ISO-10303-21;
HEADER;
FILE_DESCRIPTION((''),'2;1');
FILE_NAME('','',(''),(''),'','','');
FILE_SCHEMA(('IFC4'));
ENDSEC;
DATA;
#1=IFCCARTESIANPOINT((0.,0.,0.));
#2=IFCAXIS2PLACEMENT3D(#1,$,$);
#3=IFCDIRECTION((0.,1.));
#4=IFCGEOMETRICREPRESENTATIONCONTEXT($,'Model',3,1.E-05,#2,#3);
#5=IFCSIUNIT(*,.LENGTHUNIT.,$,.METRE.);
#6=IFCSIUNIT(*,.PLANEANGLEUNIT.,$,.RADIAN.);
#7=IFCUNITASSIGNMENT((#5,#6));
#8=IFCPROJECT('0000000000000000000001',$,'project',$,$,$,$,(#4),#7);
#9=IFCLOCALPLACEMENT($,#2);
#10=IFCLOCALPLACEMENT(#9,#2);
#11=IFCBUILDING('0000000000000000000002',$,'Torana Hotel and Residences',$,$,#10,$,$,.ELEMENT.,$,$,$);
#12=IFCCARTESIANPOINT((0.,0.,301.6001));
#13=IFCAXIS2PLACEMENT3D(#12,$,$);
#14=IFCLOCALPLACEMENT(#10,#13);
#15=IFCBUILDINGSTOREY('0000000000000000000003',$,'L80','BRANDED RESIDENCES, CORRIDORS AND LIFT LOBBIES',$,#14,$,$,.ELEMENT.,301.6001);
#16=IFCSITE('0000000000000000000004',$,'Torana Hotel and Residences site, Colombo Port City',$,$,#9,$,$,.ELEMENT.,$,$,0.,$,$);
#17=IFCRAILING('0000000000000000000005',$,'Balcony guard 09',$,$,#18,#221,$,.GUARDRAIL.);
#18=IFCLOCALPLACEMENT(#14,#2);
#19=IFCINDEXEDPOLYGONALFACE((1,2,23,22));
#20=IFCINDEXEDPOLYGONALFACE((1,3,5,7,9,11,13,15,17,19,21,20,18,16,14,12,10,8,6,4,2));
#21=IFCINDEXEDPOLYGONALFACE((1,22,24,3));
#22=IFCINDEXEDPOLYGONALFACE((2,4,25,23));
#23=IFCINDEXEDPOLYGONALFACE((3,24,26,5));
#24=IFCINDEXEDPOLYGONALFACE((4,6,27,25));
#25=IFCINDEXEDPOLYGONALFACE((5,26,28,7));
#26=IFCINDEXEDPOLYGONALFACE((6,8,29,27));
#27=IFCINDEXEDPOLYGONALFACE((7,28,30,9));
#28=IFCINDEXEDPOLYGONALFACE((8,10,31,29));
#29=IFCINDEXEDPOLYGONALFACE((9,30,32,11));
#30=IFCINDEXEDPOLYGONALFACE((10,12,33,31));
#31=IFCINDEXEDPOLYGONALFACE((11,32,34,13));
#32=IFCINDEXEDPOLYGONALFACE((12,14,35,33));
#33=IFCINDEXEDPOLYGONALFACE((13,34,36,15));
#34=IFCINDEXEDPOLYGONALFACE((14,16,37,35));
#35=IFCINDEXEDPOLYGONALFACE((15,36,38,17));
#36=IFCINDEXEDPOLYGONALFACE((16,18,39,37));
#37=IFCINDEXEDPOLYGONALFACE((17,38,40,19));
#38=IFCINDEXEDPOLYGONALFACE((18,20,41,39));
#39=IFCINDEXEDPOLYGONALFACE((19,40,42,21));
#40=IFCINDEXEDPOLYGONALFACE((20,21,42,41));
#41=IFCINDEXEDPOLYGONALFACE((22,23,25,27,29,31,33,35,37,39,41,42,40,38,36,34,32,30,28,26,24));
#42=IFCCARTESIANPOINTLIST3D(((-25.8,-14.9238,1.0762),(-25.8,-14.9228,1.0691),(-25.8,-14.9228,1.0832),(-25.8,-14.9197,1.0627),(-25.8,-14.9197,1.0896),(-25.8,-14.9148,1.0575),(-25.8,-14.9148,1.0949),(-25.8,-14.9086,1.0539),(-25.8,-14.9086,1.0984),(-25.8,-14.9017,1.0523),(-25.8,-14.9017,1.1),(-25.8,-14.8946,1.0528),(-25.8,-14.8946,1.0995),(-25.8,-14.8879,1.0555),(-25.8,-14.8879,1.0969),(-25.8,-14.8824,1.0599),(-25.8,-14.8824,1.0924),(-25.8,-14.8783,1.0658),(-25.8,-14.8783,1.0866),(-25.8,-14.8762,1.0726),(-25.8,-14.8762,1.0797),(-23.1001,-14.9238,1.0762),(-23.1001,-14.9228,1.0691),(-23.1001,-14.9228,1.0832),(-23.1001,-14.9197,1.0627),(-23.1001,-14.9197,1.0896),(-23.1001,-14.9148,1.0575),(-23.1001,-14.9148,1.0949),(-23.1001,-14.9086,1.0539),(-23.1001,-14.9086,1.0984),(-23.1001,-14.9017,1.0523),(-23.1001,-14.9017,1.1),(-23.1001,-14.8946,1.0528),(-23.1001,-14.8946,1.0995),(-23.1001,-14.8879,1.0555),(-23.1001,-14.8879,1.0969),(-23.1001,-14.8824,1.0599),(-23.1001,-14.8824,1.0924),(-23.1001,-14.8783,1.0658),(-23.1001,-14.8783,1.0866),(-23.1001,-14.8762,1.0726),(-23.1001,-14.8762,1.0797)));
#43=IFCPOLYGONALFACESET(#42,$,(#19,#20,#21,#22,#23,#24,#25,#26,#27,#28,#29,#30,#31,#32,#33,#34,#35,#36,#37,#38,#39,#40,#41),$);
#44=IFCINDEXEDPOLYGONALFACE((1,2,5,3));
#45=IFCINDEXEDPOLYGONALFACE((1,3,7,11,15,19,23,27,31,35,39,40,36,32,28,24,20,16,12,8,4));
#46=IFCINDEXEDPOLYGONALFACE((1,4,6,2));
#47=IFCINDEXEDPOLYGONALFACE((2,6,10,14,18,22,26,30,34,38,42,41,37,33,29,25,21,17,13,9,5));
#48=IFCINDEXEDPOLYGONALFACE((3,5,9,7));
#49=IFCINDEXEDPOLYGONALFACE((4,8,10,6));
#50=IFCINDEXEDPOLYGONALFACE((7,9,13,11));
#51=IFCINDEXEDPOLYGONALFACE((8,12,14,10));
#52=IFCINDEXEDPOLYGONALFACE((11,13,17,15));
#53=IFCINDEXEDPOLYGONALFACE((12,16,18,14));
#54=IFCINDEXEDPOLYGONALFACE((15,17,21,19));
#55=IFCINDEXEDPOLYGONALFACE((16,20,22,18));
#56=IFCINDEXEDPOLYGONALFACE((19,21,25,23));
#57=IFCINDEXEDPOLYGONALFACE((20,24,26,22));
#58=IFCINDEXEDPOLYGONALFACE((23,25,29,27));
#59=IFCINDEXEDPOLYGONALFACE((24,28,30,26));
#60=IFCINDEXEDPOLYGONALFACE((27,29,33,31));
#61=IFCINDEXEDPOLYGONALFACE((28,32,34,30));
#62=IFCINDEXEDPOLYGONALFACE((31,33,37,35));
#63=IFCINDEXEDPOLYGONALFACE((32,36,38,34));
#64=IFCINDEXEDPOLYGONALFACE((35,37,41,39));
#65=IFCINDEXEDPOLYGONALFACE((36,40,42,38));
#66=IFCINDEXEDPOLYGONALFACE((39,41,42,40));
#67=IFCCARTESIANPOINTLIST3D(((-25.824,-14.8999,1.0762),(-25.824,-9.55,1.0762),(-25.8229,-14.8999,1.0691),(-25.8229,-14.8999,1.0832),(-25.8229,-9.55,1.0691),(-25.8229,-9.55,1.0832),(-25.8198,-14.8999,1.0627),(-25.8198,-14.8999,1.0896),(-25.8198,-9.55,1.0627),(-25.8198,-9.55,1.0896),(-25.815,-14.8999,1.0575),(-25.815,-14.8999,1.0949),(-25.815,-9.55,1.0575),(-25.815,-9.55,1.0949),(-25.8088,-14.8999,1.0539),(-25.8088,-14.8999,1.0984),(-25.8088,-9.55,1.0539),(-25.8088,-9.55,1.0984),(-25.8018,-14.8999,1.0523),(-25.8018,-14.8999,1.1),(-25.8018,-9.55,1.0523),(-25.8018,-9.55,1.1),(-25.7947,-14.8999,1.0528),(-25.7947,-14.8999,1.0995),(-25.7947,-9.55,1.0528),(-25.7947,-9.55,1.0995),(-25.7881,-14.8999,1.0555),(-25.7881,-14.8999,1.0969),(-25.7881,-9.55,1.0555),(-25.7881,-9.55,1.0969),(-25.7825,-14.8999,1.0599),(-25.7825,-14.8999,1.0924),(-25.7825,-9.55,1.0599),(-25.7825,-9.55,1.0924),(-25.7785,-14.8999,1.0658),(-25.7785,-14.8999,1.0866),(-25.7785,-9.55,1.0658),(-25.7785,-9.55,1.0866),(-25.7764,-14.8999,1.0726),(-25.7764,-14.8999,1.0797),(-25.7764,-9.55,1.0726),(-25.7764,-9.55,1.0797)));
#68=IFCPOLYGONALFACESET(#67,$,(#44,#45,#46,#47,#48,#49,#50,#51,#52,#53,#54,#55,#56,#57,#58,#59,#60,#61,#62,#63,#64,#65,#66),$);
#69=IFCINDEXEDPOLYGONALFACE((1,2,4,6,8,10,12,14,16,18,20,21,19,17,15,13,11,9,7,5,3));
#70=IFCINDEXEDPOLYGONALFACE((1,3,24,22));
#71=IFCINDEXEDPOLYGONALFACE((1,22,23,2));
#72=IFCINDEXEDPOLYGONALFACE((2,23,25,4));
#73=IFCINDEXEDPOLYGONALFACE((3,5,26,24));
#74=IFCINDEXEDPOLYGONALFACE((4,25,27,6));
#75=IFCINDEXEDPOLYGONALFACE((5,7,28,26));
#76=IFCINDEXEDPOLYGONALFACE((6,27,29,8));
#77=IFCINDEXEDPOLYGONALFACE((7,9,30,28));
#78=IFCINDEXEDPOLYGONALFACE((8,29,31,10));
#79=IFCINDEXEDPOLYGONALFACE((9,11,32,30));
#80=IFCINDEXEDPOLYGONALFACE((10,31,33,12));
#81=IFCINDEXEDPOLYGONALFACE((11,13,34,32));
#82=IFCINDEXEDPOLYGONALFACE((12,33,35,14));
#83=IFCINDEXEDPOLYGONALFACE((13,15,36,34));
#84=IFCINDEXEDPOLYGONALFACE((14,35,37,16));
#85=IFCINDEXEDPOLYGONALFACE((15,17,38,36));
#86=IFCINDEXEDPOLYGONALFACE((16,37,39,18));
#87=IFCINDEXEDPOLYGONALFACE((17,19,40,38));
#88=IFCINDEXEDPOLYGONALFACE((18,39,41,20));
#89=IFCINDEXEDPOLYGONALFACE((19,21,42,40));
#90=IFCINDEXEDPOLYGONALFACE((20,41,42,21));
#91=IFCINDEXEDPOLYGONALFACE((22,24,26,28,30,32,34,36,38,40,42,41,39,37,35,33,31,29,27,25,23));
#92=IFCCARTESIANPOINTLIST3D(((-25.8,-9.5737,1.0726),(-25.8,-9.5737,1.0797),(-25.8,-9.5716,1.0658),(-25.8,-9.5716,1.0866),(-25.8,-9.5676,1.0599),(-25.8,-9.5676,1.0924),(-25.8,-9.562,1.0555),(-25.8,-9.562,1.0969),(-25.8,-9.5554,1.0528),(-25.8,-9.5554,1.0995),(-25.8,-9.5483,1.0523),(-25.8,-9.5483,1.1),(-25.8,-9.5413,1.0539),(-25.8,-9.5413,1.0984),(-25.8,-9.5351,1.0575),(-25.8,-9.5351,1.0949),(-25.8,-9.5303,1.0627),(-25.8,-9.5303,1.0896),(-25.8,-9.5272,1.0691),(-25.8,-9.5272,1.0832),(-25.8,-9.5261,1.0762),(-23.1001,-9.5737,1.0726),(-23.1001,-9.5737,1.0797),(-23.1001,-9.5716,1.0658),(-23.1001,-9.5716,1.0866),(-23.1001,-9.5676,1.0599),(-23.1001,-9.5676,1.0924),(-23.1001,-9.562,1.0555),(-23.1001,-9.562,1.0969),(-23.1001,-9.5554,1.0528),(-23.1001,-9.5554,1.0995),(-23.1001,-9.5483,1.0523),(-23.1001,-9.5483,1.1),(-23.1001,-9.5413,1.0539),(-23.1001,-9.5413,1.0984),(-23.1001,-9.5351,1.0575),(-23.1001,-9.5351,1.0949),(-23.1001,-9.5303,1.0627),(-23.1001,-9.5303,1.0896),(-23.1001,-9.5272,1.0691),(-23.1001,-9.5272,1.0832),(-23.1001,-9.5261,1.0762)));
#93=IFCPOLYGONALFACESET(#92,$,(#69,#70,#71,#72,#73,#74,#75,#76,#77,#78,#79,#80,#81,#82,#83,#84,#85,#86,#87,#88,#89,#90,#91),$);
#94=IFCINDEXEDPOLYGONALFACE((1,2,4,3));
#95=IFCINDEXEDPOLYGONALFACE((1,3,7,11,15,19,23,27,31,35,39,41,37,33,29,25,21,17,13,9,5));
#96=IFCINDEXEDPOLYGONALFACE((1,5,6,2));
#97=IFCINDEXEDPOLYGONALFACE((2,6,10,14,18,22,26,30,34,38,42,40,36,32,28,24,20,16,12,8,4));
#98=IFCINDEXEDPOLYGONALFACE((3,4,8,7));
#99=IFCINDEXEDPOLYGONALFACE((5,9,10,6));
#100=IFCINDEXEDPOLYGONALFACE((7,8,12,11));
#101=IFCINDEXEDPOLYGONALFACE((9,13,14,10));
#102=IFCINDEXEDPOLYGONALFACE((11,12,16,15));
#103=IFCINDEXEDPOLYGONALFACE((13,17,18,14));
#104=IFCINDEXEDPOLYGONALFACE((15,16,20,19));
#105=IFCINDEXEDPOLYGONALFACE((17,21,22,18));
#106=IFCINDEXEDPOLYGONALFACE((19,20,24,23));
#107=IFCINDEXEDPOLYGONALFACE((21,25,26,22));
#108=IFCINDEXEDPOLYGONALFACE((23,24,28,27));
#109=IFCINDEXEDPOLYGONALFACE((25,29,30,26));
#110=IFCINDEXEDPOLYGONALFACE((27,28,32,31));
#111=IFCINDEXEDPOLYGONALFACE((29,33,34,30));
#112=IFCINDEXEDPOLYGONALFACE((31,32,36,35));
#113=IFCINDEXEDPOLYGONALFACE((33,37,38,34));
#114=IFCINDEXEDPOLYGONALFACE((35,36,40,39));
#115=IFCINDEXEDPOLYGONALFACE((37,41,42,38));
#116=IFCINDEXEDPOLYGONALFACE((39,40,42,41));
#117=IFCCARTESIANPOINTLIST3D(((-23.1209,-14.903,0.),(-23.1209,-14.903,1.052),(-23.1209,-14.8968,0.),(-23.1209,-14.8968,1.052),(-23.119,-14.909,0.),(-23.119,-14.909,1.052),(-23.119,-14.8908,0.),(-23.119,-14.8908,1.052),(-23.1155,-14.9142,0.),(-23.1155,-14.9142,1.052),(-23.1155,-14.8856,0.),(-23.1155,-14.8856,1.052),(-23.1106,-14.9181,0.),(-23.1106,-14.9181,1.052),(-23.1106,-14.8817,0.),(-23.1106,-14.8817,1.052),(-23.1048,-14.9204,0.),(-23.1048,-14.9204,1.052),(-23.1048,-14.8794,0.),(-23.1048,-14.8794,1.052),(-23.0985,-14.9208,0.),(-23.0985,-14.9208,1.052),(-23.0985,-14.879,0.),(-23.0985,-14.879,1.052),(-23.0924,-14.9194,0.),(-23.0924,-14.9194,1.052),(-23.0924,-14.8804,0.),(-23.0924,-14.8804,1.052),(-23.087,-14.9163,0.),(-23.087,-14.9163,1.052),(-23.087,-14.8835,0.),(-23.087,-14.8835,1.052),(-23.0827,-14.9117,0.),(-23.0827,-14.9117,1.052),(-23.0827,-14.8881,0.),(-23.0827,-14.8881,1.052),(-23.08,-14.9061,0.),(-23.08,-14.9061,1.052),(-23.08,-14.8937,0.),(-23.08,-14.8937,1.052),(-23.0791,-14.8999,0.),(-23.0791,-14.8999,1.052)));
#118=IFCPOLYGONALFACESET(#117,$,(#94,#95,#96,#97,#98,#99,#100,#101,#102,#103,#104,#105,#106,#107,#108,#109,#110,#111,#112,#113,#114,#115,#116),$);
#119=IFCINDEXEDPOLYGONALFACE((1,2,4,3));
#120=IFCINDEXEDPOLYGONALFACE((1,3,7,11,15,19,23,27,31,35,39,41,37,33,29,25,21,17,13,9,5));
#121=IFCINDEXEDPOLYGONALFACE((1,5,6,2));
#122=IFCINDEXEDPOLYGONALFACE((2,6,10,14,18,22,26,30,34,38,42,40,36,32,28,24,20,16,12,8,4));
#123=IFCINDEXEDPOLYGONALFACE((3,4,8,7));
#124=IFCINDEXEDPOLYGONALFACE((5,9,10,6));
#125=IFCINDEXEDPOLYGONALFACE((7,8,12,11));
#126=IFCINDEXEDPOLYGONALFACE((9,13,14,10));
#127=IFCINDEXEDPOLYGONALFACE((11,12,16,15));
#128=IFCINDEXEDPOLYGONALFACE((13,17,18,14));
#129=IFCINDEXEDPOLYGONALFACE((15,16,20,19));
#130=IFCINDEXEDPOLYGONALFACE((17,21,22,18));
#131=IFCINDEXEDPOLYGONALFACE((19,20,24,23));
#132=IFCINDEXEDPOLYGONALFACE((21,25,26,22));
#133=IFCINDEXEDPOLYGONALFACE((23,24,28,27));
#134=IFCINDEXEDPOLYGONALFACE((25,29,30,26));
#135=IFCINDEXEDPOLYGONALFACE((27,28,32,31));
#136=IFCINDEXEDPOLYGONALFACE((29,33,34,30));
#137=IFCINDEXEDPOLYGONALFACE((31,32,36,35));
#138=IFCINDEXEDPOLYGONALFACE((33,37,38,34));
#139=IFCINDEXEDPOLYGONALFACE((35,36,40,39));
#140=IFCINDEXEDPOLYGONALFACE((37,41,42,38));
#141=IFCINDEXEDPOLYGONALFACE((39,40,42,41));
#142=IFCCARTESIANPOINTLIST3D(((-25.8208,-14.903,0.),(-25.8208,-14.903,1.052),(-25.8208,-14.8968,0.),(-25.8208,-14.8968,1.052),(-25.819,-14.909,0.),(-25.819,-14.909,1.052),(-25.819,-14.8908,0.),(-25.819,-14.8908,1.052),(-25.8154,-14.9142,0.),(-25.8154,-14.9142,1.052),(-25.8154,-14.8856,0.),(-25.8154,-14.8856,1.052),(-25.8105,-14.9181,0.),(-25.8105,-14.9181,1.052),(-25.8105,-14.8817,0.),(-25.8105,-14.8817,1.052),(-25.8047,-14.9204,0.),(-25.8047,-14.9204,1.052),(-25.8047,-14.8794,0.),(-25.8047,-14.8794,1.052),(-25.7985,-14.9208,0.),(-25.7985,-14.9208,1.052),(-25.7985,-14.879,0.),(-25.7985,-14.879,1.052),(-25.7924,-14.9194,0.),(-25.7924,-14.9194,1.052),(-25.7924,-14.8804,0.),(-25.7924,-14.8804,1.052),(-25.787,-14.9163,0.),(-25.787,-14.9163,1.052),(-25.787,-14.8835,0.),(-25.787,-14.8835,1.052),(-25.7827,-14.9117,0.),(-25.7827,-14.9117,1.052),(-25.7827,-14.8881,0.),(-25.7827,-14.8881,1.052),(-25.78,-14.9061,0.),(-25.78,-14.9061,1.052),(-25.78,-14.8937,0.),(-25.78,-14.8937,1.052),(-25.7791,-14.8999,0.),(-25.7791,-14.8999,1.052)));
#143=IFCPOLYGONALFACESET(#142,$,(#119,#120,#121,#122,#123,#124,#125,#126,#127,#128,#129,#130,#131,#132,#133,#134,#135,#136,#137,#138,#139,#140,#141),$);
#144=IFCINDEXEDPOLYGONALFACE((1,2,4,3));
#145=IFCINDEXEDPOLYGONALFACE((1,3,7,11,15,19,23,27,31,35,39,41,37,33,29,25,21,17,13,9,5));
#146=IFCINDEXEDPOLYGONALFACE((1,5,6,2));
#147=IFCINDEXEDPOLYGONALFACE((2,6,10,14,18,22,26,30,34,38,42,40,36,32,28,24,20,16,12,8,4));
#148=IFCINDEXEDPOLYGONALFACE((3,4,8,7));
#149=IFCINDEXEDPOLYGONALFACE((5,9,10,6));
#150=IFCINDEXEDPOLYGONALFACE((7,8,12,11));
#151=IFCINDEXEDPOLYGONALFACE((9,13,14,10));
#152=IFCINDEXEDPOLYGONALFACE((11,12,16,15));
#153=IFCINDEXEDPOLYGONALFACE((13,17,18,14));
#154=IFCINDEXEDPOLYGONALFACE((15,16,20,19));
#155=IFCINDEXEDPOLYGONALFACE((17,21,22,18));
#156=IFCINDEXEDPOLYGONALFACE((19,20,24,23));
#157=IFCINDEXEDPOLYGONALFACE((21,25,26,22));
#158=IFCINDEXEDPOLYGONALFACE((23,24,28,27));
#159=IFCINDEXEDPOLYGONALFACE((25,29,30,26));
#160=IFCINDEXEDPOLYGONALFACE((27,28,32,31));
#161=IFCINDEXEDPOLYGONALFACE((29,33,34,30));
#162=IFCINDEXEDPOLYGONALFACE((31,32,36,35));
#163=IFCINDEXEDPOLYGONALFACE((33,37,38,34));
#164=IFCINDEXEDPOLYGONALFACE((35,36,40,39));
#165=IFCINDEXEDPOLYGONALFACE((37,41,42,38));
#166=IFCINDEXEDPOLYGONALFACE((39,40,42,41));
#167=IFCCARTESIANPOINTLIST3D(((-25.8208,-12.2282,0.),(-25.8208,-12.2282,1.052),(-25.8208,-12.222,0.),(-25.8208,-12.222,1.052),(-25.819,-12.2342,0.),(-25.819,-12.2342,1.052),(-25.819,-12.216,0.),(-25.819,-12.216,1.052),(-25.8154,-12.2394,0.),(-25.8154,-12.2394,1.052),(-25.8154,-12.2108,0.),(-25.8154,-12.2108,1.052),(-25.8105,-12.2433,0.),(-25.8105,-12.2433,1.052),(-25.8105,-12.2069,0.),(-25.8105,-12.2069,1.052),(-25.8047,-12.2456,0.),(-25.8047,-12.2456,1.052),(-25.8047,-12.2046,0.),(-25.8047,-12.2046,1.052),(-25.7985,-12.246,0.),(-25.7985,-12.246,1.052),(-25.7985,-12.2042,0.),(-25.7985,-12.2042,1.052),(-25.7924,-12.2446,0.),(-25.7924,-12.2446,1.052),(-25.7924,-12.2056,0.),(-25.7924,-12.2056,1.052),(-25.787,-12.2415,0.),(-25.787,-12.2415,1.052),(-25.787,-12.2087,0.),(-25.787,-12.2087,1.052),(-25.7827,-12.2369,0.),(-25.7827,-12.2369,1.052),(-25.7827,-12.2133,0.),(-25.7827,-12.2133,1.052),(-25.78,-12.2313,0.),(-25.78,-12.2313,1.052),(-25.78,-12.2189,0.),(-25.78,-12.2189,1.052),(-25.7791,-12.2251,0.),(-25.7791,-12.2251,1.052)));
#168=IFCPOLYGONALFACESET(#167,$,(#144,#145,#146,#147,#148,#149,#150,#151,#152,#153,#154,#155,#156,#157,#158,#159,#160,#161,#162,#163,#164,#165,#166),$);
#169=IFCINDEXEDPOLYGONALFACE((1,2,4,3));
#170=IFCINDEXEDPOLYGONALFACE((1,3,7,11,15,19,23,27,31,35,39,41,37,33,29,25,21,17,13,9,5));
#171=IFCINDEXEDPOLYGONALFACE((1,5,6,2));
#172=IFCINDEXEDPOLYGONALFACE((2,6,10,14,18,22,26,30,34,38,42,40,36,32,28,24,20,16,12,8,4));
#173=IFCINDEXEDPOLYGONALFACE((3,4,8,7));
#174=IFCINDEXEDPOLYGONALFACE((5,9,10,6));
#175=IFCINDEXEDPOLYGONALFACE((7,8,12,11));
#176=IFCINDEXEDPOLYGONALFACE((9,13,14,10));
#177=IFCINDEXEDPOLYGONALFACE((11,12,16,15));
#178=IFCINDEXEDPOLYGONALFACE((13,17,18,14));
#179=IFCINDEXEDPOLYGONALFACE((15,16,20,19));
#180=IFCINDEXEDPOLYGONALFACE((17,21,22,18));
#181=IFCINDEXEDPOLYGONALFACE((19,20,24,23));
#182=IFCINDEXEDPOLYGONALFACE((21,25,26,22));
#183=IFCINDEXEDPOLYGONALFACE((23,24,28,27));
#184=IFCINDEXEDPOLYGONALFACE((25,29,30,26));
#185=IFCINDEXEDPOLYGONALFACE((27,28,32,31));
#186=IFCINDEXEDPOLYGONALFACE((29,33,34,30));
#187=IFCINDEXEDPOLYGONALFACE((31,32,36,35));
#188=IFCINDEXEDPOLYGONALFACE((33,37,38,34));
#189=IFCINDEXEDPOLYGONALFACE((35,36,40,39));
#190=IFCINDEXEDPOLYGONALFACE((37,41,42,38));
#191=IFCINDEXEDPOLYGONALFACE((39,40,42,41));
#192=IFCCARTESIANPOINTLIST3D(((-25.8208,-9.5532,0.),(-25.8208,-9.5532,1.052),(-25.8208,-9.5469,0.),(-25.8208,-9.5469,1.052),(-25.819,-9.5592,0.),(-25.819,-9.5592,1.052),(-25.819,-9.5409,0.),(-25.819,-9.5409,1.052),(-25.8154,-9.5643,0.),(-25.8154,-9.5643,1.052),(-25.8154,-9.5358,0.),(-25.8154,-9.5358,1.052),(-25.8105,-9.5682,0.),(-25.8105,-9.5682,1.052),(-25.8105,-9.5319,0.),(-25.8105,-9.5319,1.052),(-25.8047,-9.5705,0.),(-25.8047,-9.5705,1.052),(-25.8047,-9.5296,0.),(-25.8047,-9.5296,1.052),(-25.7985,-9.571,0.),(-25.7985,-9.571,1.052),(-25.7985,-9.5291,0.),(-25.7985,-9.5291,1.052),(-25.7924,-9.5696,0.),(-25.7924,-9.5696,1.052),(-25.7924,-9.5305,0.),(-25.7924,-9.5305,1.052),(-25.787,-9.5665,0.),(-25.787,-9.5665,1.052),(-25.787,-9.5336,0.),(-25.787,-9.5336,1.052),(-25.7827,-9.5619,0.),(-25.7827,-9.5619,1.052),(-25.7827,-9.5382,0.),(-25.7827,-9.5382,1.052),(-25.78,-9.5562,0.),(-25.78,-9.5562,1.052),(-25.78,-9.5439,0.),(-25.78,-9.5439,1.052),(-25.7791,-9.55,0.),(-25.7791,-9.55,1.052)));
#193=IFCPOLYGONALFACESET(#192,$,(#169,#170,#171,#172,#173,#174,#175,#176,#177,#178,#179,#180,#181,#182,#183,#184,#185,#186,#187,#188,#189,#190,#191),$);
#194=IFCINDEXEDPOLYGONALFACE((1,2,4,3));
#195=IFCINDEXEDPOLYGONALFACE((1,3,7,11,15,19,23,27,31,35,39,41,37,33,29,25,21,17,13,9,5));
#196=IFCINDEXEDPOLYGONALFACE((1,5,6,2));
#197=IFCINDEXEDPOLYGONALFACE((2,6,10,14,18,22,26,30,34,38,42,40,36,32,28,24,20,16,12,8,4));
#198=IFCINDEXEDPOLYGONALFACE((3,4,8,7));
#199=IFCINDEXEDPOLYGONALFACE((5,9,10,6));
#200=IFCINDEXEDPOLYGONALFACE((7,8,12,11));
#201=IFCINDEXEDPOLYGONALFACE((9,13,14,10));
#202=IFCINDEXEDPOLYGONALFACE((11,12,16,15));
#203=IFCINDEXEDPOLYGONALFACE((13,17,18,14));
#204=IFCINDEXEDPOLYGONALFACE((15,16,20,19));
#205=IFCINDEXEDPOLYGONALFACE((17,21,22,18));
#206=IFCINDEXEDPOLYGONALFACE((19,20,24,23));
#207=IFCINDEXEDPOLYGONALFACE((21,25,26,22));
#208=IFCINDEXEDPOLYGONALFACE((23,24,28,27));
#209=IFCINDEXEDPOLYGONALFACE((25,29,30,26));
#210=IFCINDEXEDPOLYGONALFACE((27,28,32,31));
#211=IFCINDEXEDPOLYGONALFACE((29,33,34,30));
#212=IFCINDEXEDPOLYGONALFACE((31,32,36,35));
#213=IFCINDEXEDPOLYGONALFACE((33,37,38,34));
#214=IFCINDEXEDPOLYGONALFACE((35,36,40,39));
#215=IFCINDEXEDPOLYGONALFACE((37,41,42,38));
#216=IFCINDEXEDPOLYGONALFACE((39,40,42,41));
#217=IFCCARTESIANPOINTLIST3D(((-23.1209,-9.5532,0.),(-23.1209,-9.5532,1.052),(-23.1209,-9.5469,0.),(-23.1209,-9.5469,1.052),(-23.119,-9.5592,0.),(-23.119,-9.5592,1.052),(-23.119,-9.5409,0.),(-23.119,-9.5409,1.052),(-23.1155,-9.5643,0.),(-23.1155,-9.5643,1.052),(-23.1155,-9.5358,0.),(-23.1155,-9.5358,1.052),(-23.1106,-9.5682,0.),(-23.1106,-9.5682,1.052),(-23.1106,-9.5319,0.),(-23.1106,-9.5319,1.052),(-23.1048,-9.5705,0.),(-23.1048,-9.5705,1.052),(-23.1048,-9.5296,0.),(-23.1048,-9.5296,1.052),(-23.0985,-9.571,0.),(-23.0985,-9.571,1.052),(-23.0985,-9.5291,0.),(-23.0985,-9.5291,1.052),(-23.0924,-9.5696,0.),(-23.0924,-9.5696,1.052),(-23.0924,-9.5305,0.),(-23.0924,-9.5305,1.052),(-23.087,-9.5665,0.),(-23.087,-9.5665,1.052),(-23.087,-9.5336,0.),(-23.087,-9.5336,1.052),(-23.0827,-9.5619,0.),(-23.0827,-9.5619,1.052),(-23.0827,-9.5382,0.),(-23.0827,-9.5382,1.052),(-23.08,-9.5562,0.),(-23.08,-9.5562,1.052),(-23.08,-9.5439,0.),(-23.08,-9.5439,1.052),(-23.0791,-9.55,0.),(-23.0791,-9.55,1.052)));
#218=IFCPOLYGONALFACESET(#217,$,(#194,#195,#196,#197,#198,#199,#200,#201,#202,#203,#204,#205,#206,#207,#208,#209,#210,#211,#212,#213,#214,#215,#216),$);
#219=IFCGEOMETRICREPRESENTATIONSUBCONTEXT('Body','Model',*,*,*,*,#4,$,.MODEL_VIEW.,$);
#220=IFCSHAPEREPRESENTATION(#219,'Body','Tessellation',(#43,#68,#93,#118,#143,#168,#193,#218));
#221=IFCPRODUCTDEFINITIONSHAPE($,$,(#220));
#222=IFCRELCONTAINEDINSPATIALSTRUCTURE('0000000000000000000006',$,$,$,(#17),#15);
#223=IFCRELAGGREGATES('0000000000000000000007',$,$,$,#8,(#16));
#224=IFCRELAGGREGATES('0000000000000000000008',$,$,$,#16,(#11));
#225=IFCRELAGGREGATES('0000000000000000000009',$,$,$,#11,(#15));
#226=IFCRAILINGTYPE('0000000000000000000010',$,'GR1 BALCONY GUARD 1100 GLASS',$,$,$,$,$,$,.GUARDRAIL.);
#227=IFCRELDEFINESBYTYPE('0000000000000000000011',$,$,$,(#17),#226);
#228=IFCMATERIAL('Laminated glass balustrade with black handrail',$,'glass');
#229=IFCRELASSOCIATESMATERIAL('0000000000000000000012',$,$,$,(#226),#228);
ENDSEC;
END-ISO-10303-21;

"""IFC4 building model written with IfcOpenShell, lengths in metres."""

from ifc_helpers import new_model, si_unit, direction, frame, origin, origin_2d, place, context, subcontext, project, spatial, circle, extrude, material, type_object, element, save


model = new_model("IFC4")

# Units and contexts
model_context = context("Model", 3, precision=1e-05, world=origin(), true_north=direction((0.0, 1.0)))
body_context = subcontext(model_context, "Body", "Model", "MODEL_VIEW")
ifc_project = project(units=[si_unit("LENGTHUNIT", "METRE"), si_unit("PLANEANGLEUNIT", "RADIAN")], contexts=[model_context])

# Site, building, storey
site_placement = place(None, origin())
site = spatial("IfcSite", under=ifc_project, at=site_placement, Name="Torana Hotel and Residences site, Colombo Port City", CompositionType="ELEMENT", RefElevation=0.0)
building_placement = place(site_placement, origin())
building = spatial("IfcBuilding", under=site, at=building_placement, Name="Torana Hotel and Residences", CompositionType="ELEMENT")
storey_placement = place(building_placement, frame((0.0, 0.0, 301.6001)))
storey = spatial("IfcBuildingStorey", under=building, at=storey_placement, Name="L80", Description="BRANDED RESIDENCES, CORRIDORS AND LIFT LOBBIES", CompositionType="ELEMENT", Elevation=301.6001)

# Railing
ifc_material_1 = material(Name="Laminated glass balustrade with black handrail", Category="glass")
railing_type_1 = type_object("IfcRailingType", Name="GR1 BALCONY GUARD 1100 GLASS", PredefinedType="GUARDRAIL", material=ifc_material_1)
railing_1_placement = place(storey_placement, frame((-23.1001, -14.8999, 0.0)))
element("IfcRailing", 1, at=railing_1_placement, inside=storey, type_object=railing_type_1, Name="Balcony guard 09", PredefinedType="GUARDRAIL", context=body_context, shape_type="SweptSolid", body=[
    extrude(circle(Radius=0.0239, at=origin_2d()), frame((0.0, 0.0, 1.0762), z_axis=(-1.0, 0.0, 0.0), x_axis=(0.0, -1.0, 0.0)), (0.0, 0.0, 1.0), 2.7),
    extrude(circle(Radius=0.0239, at=origin_2d()), frame((-2.7, 0.0, 1.0762), z_axis=(0.0, 1.0, 0.0), x_axis=(-1.0, 0.0, 0.0)), (0.0, 0.0, 1.0), 5.3499),
    extrude(circle(Radius=0.0239, at=origin_2d()), frame((-2.7, 5.3499, 1.0762), z_axis=(1.0, 0.0, 0.0), x_axis=(0.0, 1.0, 0.0)), (0.0, 0.0, 1.0), 2.7),
    extrude(circle(Radius=0.021, at=origin_2d()), origin(), (0.0, 0.0, 1.0), 1.052),
    extrude(circle(Radius=0.021, at=origin_2d()), frame((-2.7, 0.0, 0.0)), (0.0, 0.0, 1.0), 1.052),
    extrude(circle(Radius=0.021, at=origin_2d()), frame((-2.7, 2.6748, 0.0)), (0.0, 0.0, 1.0), 1.052),
    extrude(circle(Radius=0.021, at=origin_2d()), frame((-2.7, 5.3499, 0.0)), (0.0, 0.0, 1.0), 1.052),
    extrude(circle(Radius=0.021, at=origin_2d()), frame((0.0, 5.3499, 0.0)), (0.0, 0.0, 1.0), 1.052),
])

save(model, "model.ifc")
